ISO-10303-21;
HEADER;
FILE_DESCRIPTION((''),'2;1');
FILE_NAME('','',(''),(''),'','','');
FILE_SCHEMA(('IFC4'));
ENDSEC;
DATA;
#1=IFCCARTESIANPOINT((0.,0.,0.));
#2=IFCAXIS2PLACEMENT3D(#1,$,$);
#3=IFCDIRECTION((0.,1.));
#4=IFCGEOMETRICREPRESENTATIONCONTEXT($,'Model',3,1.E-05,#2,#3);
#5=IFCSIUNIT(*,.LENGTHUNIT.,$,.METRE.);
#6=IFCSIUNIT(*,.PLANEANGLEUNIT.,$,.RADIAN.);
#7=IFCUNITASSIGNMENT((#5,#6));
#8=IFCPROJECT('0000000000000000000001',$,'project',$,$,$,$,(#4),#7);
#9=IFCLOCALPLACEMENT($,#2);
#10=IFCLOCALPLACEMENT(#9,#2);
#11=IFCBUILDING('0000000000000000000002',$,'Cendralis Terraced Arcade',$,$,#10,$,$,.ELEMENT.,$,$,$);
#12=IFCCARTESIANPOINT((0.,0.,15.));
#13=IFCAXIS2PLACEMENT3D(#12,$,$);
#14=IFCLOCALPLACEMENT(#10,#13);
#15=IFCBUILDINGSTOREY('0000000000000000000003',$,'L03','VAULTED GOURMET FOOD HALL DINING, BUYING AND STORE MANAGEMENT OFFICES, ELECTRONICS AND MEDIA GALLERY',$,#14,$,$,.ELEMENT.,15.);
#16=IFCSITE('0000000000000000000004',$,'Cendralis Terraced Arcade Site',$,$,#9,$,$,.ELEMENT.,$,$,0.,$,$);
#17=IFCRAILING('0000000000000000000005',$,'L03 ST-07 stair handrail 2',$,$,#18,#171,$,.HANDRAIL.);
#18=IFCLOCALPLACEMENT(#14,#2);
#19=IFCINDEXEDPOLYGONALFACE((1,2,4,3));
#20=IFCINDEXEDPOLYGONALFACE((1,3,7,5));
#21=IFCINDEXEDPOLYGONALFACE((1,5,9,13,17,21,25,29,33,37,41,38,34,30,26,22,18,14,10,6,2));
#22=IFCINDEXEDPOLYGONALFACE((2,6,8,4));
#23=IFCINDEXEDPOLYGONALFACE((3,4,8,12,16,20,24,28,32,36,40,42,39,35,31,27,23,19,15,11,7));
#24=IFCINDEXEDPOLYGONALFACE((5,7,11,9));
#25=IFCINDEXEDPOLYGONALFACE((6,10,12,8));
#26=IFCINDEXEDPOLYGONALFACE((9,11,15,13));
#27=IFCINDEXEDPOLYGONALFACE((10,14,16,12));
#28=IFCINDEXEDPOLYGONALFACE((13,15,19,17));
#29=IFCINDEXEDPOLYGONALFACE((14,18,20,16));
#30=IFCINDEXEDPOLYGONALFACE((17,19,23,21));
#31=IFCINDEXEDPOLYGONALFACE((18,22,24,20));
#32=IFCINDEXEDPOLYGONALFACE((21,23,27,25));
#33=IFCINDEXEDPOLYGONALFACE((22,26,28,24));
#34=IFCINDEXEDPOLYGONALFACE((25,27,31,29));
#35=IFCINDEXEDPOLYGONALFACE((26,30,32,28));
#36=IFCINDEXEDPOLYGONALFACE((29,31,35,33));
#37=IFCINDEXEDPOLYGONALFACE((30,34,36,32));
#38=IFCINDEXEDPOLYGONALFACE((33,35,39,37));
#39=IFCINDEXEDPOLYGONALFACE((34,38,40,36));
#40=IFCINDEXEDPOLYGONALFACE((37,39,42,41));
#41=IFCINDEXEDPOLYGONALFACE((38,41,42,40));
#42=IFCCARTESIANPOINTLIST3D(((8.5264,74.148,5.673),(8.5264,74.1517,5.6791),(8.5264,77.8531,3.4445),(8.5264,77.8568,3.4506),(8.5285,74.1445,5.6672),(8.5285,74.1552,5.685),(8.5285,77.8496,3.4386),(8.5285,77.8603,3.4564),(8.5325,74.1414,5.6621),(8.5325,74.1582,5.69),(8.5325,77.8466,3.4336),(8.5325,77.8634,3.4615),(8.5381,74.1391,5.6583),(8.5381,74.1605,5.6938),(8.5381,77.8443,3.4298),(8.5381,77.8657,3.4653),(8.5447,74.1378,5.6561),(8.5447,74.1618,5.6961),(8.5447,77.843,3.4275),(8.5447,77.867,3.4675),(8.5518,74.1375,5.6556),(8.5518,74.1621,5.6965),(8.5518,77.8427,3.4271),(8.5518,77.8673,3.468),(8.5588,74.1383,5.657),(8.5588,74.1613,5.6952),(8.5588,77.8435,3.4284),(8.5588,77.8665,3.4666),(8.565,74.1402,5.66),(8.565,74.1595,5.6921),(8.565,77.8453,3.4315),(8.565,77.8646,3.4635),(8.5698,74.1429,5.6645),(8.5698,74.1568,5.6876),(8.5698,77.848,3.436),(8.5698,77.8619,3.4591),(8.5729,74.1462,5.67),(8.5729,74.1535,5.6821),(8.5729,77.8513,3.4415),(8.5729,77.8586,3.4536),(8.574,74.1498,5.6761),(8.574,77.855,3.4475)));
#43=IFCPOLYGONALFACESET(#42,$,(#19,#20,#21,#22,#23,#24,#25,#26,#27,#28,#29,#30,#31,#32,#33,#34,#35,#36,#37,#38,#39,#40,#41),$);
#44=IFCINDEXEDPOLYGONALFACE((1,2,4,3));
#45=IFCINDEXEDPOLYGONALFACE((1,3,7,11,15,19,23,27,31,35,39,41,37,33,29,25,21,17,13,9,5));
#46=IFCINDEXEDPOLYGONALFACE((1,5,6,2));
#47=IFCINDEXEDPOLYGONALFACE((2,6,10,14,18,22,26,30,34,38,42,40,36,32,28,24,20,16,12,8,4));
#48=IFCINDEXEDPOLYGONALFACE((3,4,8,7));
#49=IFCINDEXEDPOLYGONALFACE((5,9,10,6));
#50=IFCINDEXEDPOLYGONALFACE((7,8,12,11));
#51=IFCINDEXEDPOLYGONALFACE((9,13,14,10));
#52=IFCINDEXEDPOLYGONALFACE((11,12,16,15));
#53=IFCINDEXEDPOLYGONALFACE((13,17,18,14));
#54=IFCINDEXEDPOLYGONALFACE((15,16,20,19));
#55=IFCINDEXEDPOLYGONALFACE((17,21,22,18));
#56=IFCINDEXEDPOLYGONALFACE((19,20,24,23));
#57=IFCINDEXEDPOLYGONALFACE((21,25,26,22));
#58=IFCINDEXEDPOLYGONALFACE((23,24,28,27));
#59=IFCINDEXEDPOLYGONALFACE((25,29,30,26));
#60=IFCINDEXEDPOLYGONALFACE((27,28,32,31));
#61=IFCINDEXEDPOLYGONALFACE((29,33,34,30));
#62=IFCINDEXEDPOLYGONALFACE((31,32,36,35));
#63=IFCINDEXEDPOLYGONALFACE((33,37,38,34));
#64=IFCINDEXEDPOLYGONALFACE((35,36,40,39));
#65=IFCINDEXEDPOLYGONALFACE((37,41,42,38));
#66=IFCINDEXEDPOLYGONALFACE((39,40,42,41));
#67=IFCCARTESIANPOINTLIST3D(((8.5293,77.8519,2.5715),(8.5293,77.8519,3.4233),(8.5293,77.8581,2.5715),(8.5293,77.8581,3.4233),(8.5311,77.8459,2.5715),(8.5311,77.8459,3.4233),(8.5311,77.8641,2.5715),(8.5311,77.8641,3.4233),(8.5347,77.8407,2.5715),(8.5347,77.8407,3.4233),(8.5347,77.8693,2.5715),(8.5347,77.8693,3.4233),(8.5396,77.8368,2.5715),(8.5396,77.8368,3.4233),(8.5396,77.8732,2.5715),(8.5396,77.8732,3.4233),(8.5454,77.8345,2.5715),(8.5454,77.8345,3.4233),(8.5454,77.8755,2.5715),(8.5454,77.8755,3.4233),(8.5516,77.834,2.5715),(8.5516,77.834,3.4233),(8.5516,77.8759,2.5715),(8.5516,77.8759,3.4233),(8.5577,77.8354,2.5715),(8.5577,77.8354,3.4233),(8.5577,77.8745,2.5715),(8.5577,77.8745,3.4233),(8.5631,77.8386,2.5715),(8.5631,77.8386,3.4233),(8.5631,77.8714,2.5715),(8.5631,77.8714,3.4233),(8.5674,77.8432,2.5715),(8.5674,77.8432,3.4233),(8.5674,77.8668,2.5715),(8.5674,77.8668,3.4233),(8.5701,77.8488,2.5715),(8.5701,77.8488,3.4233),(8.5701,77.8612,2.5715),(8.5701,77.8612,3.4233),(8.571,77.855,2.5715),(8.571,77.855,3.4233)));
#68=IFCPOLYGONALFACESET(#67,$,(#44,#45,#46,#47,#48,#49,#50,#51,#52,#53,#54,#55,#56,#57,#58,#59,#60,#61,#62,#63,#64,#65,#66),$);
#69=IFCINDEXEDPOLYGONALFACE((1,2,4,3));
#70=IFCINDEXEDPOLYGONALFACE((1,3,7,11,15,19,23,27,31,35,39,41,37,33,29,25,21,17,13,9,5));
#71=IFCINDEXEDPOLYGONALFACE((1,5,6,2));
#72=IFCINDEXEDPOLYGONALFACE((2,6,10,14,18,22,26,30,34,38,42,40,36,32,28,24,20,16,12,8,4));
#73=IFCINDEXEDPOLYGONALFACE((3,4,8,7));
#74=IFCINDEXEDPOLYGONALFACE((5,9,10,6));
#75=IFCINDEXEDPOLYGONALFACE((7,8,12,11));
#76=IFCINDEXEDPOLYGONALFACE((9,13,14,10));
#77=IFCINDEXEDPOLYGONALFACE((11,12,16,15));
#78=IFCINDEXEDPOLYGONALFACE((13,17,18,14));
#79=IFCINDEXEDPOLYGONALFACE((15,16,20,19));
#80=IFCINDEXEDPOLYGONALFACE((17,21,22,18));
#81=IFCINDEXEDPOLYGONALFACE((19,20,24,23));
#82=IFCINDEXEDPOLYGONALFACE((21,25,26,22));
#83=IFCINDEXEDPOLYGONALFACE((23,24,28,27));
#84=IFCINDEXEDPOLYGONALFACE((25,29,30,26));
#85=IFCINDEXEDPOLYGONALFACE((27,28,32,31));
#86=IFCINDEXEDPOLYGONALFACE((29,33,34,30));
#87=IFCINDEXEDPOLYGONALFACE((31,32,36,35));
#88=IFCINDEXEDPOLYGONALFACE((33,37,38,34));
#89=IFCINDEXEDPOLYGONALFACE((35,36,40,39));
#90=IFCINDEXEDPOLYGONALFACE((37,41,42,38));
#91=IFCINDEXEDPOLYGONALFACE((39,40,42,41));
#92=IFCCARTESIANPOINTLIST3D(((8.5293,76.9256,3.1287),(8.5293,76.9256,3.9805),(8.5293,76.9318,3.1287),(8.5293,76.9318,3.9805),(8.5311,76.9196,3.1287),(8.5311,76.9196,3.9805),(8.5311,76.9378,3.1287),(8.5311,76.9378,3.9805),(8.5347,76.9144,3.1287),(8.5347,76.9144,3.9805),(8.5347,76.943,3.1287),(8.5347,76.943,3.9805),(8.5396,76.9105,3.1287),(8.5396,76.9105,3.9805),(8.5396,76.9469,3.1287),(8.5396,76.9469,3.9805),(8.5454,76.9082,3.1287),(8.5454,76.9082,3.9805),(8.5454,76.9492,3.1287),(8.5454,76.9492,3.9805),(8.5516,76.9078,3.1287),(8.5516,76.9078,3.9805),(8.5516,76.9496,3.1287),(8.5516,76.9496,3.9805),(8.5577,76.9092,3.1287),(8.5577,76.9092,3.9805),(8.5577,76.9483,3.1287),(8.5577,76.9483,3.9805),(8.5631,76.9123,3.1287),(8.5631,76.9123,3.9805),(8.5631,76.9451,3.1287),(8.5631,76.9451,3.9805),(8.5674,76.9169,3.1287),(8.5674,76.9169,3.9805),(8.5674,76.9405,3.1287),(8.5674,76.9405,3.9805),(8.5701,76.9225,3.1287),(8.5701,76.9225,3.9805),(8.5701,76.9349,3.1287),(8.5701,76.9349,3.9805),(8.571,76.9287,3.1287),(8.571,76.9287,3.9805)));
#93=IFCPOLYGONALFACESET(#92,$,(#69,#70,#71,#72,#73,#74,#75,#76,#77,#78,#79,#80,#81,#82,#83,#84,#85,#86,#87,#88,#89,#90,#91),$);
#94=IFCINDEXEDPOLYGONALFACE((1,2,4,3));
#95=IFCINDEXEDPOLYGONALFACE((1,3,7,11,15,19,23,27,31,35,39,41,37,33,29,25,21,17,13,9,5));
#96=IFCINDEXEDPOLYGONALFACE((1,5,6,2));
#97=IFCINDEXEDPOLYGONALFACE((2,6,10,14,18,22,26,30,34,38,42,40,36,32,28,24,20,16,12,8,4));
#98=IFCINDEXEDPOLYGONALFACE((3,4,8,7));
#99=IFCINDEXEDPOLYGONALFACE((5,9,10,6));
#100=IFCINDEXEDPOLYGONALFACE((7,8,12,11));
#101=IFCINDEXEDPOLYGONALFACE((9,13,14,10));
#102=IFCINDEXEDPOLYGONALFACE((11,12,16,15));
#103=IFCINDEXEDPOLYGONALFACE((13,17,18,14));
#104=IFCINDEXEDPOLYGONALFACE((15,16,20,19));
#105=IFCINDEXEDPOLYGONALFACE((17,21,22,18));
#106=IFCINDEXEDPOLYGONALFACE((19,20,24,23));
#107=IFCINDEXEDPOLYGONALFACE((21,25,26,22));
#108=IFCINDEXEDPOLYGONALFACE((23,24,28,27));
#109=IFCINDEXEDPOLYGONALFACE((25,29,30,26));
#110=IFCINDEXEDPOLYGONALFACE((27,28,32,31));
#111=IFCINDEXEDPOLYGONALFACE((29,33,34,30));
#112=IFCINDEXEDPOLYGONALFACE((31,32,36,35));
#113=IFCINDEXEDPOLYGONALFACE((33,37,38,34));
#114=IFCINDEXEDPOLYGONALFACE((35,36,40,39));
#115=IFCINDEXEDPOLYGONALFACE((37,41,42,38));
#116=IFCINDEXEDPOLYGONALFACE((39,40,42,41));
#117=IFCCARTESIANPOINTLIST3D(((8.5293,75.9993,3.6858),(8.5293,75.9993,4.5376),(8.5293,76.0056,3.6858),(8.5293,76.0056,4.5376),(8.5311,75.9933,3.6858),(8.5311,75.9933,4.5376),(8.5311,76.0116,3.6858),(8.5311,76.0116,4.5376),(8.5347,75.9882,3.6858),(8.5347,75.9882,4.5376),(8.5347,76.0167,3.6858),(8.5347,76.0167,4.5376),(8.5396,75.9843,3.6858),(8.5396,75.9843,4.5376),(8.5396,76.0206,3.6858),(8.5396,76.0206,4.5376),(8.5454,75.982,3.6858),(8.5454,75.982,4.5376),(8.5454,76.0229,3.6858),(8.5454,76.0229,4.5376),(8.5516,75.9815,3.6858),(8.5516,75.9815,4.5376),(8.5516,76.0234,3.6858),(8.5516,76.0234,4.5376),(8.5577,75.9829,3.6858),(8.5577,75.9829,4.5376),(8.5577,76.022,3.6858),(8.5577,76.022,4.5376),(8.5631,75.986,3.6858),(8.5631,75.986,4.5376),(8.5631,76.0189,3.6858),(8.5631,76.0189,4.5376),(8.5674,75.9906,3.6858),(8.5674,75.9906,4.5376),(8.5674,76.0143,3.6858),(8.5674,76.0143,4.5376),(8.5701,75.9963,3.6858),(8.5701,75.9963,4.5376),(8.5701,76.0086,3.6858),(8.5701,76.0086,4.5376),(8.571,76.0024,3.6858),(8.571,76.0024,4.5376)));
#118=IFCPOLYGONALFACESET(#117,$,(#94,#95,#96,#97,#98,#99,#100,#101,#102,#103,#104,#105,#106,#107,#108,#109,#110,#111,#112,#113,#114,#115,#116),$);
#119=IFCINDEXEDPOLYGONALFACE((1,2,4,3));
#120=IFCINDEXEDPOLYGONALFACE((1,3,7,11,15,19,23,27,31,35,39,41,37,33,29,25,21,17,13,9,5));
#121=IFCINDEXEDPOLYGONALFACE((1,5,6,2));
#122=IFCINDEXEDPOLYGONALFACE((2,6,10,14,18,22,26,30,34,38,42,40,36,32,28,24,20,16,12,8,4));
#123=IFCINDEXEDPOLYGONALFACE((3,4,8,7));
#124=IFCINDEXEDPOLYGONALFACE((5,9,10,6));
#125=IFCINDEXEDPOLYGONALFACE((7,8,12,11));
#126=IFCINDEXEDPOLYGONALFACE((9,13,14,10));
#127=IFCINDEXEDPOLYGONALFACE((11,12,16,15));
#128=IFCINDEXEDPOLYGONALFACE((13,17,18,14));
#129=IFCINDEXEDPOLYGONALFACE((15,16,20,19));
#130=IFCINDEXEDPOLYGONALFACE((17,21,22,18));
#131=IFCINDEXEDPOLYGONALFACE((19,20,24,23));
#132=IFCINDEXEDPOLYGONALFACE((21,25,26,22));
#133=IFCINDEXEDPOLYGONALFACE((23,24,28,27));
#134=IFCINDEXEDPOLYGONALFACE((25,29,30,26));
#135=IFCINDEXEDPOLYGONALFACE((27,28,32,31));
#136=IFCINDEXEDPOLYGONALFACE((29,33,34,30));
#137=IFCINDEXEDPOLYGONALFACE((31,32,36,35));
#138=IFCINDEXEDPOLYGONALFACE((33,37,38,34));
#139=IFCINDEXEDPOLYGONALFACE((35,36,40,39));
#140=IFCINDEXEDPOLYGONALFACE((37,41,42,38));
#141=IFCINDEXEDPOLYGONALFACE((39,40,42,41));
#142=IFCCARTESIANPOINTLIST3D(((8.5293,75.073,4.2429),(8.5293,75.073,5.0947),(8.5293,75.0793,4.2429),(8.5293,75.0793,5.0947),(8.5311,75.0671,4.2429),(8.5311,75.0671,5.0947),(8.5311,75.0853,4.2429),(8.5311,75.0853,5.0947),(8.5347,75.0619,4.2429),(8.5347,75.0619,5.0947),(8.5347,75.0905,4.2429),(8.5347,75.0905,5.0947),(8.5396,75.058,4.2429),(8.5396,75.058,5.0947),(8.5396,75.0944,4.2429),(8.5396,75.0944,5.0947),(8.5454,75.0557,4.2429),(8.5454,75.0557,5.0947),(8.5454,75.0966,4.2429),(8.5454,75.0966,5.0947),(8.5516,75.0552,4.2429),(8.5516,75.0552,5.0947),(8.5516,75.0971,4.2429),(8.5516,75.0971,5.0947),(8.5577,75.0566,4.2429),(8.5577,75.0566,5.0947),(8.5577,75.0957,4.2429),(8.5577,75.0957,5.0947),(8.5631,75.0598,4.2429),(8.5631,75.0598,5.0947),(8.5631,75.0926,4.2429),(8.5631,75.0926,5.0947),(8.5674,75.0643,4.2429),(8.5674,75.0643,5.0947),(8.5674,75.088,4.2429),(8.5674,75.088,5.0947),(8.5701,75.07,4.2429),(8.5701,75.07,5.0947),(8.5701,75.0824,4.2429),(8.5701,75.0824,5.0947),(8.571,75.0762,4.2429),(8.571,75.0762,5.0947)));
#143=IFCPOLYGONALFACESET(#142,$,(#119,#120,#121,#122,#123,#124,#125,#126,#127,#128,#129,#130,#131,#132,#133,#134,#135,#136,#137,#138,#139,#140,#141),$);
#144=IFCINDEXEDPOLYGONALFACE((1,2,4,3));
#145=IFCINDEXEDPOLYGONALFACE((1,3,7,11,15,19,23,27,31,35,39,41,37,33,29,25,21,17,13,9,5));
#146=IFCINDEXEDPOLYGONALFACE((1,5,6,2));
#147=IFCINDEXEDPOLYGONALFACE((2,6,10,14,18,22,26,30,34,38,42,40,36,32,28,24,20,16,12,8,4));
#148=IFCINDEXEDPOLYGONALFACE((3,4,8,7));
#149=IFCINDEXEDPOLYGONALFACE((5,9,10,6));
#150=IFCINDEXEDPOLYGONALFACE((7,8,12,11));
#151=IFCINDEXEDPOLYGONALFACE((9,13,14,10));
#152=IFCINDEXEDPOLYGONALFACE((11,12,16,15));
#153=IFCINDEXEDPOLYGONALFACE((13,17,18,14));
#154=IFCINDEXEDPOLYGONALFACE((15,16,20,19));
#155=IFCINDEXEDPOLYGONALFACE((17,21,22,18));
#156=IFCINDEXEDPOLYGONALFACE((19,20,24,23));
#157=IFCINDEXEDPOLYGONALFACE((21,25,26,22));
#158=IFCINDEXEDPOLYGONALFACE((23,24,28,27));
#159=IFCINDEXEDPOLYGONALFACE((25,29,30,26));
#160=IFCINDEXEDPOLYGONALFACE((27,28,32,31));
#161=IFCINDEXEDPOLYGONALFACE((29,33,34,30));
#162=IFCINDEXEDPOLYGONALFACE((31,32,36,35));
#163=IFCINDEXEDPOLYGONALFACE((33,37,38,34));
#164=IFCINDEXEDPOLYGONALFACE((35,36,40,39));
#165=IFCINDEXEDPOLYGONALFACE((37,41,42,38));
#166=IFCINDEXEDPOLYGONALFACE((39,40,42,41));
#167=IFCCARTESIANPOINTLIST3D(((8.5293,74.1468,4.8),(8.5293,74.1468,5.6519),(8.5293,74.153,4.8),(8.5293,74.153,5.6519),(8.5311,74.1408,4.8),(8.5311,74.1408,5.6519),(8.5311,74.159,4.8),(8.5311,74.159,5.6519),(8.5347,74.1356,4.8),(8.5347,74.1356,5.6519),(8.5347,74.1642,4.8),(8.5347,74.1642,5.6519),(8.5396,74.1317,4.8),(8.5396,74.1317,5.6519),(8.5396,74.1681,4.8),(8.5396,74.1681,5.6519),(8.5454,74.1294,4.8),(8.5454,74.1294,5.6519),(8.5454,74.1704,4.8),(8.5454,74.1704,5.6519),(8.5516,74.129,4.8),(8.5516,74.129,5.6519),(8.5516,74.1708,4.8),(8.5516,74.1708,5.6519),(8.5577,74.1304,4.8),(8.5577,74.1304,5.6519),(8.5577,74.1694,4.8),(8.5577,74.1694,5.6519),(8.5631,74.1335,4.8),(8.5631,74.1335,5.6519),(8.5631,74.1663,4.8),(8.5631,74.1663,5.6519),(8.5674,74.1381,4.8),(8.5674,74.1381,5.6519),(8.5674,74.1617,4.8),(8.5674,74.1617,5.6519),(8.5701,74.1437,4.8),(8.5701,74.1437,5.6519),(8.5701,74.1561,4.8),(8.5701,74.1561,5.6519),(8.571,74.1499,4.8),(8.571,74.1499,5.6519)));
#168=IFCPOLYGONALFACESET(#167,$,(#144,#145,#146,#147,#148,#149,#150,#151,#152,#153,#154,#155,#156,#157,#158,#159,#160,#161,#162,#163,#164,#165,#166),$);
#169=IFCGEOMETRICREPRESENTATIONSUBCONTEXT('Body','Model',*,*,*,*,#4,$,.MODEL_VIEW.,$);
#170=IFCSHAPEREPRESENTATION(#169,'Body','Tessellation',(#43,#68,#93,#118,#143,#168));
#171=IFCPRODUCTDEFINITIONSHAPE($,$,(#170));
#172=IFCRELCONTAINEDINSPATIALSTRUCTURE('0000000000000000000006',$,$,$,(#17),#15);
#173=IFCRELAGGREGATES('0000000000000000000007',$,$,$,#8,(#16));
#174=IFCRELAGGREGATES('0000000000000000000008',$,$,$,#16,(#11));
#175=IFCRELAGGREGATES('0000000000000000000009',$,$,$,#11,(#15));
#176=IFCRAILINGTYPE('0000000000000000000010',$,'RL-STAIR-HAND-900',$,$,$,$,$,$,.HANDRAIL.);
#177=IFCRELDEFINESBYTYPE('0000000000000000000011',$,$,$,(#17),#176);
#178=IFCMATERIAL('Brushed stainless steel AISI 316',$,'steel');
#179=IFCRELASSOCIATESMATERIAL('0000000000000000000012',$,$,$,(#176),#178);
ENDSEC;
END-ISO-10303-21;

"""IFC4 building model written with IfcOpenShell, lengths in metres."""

from ifc_helpers import new_model, si_unit, direction, frame, origin, origin_2d, place, context, subcontext, project, spatial, circle, extrude, material, type_object, element, save


model = new_model("IFC4")

# Units and contexts
model_context = context("Model", 3, precision=1e-05, world=origin(), true_north=direction((0.0, 1.0)))
body_context = subcontext(model_context, "Body", "Model", "MODEL_VIEW")
ifc_project = project(units=[si_unit("LENGTHUNIT", "METRE"), si_unit("PLANEANGLEUNIT", "RADIAN")], contexts=[model_context])

# Site, building, storey
site_placement = place(None, origin())
site = spatial("IfcSite", under=ifc_project, at=site_placement, Name="Cendralis Terraced Arcade Site", CompositionType="ELEMENT", RefElevation=0.0)
building_placement = place(site_placement, origin())
building = spatial("IfcBuilding", under=site, at=building_placement, Name="Cendralis Terraced Arcade", CompositionType="ELEMENT")
storey_placement = place(building_placement, frame((0.0, 0.0, 15.0)))
storey = spatial("IfcBuildingStorey", under=building, at=storey_placement, Name="L03", Description="VAULTED GOURMET FOOD HALL DINING, BUYING AND STORE MANAGEMENT OFFICES, ELECTRONICS AND MEDIA GALLERY", CompositionType="ELEMENT", Elevation=15.0)

# Railing
ifc_material_1 = material(Name="Brushed stainless steel AISI 316", Category="steel")
railing_type_1 = type_object("IfcRailingType", Name="RL-STAIR-HAND-900", PredefinedType="HANDRAIL", material=ifc_material_1)
railing_1_placement = place(storey_placement, frame((8.55, 77.855, 2.5715)))
element("IfcRailing", 1, at=railing_1_placement, inside=storey, type_object=railing_type_1, Name="L03 ST-07 stair handrail 2", PredefinedType="HANDRAIL", context=body_context, shape_type="SweptSolid", body=[
    extrude(circle(Radius=0.0239, at=origin_2d()), frame((0.0, 0.0, 0.876), z_axis=(0.0, -0.856934, 0.515425), x_axis=(1.0, 0.0, 0.0)), (0.0, 0.0, 1.0), 4.3237),
    extrude(circle(Radius=0.021, at=origin_2d()), origin(), (0.0, 0.0, 1.0), 0.8518),
    extrude(circle(Radius=0.021, at=origin_2d()), frame((0.0, -0.9263, 0.5571)), (0.0, 0.0, 1.0), 0.8518),
    extrude(circle(Radius=0.021, at=origin_2d()), frame((0.0, -1.8525, 1.1143)), (0.0, 0.0, 1.0), 0.8518),
    extrude(circle(Radius=0.021, at=origin_2d()), frame((0.0, -2.7788, 1.6714)), (0.0, 0.0, 1.0), 0.8518),
    extrude(circle(Radius=0.021, at=origin_2d()), frame((0.0, -3.7051, 2.2285)), (0.0, 0.0, 1.0), 0.8518),
])

save(model, "model.ifc")
